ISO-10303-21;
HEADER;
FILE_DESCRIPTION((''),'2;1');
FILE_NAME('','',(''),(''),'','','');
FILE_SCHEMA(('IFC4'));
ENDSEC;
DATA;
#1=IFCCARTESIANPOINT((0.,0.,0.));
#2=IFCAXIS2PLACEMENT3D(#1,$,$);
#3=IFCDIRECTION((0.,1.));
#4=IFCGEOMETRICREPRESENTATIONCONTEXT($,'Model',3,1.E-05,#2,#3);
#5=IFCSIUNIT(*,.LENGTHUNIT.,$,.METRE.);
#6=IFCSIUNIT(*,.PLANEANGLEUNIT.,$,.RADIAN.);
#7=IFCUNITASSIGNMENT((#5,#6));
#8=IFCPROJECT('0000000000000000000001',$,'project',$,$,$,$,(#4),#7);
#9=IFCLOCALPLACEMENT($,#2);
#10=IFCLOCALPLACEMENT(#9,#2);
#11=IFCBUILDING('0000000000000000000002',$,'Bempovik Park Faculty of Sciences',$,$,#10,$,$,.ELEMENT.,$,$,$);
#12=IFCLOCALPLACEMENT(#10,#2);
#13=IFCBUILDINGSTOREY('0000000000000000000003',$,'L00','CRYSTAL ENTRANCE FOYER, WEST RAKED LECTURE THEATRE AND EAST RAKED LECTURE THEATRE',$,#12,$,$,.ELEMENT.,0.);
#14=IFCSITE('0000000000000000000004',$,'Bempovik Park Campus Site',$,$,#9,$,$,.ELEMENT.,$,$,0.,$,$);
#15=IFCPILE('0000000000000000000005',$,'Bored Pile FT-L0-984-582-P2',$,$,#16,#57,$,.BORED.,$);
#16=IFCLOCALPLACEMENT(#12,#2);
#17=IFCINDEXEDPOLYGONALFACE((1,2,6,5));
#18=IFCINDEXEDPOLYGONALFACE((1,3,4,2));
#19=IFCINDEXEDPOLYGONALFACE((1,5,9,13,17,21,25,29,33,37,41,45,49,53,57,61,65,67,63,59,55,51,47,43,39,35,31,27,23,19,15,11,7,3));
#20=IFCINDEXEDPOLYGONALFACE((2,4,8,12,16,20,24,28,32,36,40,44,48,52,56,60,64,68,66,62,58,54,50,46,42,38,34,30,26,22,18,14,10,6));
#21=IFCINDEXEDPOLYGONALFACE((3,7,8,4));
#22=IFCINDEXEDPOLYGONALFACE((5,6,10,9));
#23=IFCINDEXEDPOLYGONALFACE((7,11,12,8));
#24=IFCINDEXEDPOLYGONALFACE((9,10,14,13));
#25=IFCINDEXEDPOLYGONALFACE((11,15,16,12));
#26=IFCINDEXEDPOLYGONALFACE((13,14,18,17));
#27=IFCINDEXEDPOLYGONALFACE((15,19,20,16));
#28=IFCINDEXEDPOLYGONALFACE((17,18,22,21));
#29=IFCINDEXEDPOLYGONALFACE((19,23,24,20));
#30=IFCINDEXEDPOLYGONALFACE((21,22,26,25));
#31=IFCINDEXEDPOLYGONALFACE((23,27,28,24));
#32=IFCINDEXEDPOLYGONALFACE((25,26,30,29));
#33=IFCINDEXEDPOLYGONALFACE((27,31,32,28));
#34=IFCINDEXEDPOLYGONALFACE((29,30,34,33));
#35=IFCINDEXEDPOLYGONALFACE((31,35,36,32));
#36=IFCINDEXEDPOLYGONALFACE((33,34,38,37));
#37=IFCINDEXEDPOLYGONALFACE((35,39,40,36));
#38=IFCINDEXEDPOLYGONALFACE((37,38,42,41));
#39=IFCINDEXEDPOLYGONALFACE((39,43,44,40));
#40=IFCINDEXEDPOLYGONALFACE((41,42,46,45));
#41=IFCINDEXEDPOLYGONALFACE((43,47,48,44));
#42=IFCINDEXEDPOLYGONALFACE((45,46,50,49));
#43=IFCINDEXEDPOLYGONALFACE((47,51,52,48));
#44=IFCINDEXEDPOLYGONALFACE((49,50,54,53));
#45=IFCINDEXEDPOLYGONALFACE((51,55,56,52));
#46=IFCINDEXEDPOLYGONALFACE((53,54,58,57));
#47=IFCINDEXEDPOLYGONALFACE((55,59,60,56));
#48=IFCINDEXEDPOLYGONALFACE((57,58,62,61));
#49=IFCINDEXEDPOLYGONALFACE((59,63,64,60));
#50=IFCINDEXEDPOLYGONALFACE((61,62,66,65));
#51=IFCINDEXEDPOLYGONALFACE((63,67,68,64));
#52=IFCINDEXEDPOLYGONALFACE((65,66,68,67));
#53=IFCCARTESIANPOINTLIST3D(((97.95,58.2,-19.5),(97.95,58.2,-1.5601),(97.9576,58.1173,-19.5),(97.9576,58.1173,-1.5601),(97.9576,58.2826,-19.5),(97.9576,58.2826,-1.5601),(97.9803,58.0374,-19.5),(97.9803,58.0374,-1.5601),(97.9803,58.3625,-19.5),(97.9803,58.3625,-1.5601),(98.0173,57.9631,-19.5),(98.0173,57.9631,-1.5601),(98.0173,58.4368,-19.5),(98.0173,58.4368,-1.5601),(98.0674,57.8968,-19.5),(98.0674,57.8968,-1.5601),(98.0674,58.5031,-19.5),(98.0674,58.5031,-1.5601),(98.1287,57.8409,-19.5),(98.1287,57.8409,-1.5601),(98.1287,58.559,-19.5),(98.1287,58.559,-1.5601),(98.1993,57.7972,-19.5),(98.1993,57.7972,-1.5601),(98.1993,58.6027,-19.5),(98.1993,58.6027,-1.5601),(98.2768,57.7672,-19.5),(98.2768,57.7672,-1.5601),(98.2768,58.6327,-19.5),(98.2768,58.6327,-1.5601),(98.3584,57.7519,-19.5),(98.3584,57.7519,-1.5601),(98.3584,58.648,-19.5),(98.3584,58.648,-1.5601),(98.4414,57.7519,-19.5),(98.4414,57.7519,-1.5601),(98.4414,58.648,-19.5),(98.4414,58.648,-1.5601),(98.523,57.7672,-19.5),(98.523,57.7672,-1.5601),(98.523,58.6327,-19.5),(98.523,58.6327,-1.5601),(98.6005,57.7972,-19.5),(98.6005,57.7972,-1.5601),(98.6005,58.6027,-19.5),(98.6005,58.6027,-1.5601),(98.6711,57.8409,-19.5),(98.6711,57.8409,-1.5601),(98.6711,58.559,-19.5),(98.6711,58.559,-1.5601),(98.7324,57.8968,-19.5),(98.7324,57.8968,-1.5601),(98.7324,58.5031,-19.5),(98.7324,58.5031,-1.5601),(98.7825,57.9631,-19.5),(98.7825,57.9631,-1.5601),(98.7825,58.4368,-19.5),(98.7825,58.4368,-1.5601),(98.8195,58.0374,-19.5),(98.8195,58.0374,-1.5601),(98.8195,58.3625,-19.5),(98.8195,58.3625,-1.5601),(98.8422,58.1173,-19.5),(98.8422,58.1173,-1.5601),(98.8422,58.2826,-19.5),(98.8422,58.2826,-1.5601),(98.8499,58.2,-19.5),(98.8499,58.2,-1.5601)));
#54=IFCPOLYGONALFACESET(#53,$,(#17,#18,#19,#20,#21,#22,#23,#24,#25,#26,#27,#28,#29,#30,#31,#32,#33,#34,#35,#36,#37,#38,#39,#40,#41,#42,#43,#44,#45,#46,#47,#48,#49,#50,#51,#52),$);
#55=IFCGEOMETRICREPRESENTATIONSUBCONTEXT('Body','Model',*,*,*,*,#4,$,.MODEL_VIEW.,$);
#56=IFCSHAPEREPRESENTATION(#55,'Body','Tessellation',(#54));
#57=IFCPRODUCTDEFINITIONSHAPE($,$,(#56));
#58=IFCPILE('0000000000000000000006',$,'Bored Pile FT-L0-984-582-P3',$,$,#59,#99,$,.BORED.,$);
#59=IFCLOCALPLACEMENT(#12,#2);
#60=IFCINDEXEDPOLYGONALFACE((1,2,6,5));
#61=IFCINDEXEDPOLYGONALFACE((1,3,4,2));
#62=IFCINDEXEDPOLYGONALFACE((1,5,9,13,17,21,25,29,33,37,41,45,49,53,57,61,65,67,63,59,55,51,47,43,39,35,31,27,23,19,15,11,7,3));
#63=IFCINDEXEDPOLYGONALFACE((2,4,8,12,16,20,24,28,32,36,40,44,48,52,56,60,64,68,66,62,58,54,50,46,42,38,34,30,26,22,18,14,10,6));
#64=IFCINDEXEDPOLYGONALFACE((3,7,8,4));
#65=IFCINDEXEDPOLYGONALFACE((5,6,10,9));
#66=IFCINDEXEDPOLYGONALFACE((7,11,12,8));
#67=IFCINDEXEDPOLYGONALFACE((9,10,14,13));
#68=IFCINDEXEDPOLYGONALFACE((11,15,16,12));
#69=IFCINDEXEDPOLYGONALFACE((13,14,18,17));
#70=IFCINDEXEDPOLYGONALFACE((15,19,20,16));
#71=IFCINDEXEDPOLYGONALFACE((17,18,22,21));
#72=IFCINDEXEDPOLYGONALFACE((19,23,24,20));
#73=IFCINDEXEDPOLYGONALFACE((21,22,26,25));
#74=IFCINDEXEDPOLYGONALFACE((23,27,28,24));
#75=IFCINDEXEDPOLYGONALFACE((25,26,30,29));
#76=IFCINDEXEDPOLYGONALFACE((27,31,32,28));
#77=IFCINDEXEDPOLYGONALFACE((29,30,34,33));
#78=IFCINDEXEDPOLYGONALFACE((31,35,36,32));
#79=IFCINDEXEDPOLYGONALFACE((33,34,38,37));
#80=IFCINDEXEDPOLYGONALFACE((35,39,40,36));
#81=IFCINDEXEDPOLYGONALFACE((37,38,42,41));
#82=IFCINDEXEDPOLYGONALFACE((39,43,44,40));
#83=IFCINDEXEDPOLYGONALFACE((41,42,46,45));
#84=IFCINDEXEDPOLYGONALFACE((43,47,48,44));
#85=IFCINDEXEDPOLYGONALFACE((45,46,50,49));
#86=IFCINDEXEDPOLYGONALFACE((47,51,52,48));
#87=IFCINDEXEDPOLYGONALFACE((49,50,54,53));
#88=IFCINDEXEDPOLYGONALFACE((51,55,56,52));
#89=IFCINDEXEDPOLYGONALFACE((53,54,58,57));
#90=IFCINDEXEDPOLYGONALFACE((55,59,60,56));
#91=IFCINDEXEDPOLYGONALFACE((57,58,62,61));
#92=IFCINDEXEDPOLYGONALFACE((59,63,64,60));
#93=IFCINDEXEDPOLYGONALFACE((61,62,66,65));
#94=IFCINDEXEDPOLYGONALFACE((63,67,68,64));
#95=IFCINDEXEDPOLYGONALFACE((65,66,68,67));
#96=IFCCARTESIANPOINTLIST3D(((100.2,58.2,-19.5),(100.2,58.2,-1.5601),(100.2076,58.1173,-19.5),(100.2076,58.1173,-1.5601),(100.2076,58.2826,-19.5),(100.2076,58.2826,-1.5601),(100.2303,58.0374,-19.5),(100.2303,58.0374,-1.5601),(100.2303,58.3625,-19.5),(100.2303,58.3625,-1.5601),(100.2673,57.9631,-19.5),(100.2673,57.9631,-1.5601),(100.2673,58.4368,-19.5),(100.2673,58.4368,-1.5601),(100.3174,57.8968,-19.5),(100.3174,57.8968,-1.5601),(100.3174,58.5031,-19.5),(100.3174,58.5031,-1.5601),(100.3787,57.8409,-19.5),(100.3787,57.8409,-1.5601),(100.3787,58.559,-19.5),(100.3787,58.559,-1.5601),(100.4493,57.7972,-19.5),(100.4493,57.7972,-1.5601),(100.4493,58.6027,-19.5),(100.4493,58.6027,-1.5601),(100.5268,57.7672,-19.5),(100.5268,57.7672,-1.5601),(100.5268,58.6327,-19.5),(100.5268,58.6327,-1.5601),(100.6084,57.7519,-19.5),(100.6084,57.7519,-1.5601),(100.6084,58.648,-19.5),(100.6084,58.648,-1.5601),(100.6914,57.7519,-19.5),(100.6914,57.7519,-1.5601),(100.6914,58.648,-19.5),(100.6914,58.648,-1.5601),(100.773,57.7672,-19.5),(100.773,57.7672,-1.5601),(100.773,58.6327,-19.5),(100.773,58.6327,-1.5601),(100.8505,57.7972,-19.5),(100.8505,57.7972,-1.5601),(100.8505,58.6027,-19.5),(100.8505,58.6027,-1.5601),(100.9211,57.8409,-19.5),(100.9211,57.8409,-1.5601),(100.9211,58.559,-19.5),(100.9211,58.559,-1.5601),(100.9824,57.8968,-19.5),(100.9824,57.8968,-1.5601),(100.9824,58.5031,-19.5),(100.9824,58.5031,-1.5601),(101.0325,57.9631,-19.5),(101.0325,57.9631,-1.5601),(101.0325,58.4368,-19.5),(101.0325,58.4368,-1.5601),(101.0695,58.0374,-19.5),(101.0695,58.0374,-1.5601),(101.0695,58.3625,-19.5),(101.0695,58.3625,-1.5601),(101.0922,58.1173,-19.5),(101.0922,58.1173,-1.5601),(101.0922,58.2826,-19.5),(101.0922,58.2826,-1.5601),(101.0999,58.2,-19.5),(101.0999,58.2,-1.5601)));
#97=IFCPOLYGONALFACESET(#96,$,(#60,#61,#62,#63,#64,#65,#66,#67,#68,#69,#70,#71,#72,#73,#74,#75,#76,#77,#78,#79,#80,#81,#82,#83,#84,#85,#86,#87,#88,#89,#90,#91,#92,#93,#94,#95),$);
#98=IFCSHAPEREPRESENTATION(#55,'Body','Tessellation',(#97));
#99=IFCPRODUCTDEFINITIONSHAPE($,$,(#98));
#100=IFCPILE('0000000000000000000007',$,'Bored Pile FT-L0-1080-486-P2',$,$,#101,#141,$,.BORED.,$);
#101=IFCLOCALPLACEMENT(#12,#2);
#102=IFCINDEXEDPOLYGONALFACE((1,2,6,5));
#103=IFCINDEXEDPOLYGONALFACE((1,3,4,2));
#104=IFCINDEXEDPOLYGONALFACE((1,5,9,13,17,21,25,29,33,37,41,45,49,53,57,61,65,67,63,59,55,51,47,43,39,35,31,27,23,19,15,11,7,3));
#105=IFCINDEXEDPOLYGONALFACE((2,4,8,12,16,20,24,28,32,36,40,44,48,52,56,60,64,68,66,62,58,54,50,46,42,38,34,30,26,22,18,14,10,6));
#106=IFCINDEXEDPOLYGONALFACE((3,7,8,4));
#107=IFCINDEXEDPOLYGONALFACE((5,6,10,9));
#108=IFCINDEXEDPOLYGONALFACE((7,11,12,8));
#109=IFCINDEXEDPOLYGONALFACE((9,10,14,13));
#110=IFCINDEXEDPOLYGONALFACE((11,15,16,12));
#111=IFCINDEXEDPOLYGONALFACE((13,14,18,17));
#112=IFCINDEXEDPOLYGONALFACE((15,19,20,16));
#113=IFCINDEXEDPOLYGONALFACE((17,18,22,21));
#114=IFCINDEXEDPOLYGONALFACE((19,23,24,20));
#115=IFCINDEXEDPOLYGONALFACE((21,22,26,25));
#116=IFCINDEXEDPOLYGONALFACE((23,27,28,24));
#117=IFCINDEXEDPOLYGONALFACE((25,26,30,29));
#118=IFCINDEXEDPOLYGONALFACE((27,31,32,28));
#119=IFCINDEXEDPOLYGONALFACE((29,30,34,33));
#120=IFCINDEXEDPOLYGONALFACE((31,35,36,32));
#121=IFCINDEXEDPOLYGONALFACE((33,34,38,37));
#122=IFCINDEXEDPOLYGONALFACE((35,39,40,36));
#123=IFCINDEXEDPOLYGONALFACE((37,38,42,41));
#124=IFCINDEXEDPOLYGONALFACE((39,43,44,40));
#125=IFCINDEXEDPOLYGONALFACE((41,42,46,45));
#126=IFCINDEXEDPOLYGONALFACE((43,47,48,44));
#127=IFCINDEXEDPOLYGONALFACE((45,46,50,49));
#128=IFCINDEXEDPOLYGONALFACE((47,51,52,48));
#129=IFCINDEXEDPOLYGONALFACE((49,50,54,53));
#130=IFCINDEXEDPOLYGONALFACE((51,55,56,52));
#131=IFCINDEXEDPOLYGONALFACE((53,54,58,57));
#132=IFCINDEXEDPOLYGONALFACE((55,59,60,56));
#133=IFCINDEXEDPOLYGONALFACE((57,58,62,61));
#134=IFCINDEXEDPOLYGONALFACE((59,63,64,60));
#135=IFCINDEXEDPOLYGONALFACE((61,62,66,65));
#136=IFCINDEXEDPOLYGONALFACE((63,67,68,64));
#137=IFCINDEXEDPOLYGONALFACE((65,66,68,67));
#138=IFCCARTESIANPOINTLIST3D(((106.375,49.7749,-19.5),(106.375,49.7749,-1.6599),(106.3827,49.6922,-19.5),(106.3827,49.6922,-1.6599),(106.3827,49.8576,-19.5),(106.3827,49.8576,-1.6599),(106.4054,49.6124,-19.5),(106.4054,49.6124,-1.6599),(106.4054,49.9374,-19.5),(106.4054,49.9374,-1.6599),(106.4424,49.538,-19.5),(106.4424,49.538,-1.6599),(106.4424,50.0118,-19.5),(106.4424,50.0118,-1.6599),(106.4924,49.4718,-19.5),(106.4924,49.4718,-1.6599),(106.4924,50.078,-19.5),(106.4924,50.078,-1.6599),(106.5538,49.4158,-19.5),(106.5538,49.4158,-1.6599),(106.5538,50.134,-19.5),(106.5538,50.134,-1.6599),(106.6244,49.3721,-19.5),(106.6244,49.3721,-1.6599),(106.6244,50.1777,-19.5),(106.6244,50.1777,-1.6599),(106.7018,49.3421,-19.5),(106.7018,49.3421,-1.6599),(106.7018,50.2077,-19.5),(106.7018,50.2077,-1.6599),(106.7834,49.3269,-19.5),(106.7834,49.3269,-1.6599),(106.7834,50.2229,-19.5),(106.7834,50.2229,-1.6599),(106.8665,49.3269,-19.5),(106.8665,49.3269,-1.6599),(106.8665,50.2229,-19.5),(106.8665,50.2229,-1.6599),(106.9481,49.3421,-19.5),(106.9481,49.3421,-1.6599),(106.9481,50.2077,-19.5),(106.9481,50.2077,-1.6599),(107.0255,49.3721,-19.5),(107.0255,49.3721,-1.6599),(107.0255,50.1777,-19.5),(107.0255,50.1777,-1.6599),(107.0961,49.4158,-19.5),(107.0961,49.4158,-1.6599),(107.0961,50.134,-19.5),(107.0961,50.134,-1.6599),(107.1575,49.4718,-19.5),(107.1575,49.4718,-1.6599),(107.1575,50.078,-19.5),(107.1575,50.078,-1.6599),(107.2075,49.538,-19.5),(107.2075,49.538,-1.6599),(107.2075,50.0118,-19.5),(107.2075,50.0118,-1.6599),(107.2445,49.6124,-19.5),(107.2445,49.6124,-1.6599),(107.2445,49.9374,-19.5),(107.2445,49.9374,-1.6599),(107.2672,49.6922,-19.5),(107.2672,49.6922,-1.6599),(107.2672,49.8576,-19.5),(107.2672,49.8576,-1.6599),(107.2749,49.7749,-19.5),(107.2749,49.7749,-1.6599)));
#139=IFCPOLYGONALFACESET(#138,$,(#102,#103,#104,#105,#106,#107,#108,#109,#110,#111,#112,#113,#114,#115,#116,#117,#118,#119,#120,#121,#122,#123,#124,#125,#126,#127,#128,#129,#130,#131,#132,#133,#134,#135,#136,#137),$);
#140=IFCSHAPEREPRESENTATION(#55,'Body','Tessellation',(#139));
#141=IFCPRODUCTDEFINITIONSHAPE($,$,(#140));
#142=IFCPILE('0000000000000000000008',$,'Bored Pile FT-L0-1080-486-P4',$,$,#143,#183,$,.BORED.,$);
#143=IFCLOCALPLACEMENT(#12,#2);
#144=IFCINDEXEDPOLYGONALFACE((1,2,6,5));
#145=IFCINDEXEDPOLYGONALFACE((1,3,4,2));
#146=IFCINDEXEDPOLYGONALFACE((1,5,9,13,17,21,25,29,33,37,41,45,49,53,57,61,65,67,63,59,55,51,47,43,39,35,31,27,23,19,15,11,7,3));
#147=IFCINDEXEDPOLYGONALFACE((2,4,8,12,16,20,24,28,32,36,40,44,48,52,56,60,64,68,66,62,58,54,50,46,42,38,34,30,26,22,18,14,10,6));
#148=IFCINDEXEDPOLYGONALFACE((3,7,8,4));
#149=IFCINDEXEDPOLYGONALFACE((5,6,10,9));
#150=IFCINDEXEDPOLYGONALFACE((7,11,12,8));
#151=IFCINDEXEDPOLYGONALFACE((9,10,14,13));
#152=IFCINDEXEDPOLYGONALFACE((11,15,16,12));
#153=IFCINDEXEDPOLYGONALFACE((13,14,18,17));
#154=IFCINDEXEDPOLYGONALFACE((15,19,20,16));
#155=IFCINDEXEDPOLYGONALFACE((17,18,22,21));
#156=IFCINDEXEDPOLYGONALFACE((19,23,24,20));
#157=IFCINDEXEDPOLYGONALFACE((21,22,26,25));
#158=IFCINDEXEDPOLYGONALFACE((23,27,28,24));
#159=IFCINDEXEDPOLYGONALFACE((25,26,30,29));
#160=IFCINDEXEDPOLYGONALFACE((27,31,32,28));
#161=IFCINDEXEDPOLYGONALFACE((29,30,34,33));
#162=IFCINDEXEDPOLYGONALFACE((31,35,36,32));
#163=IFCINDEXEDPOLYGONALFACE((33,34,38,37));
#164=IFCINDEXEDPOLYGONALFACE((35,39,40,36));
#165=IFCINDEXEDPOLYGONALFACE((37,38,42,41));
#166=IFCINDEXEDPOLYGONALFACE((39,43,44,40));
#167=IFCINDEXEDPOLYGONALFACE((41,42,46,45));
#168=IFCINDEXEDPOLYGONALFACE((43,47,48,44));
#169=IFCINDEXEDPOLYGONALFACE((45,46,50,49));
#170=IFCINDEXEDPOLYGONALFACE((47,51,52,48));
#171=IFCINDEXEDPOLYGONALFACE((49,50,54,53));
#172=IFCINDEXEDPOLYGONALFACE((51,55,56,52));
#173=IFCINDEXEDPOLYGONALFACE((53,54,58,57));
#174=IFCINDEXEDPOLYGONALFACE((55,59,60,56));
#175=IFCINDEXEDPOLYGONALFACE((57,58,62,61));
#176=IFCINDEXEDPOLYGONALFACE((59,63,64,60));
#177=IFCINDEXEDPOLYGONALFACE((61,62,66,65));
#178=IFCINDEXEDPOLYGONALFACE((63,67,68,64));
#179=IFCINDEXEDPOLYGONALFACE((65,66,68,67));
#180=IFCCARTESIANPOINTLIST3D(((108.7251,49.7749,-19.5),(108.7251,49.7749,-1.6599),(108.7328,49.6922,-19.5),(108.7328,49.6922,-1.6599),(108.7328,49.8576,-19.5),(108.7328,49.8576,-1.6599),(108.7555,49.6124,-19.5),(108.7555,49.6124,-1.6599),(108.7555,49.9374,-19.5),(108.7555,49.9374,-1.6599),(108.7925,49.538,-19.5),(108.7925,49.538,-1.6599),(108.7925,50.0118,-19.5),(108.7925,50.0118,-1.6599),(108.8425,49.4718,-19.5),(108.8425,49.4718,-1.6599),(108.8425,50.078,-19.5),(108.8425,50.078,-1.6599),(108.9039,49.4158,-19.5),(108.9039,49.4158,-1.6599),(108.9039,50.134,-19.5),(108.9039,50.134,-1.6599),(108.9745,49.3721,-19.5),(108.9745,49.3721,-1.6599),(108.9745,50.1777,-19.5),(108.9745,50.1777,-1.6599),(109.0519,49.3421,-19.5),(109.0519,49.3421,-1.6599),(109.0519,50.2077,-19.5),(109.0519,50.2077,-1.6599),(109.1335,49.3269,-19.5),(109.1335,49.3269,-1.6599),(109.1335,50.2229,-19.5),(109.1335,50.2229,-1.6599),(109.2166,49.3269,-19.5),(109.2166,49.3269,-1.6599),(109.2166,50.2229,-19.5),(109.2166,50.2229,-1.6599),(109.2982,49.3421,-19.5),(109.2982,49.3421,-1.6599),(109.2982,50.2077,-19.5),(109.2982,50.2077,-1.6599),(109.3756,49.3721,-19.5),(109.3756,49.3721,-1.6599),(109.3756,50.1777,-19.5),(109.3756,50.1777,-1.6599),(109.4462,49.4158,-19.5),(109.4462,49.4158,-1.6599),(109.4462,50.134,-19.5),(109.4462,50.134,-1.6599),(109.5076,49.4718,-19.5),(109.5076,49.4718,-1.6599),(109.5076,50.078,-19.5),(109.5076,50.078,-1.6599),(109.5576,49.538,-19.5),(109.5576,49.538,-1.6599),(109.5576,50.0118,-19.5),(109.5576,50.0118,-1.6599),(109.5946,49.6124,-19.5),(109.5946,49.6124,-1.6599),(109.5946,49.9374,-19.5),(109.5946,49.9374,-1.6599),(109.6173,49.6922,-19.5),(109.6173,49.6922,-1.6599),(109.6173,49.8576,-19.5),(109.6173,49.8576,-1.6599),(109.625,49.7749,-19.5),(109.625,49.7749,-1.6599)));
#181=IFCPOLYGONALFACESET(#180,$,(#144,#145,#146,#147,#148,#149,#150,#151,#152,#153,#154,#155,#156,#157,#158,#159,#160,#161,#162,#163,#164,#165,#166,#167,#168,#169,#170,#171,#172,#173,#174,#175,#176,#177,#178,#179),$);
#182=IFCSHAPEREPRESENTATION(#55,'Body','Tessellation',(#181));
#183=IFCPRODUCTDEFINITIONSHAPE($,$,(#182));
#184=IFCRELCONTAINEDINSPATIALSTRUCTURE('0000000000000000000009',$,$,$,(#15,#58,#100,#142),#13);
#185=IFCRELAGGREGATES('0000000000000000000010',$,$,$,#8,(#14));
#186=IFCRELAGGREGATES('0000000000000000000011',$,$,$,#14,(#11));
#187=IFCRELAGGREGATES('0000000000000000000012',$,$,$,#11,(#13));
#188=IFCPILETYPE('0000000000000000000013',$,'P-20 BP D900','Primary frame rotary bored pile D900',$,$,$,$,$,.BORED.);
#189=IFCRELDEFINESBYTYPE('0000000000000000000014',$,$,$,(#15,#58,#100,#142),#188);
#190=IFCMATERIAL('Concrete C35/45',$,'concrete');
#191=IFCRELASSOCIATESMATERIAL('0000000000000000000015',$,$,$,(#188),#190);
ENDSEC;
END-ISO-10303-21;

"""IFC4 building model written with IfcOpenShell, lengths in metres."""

from ifc_helpers import new_model, si_unit, direction, frame, origin, origin_2d, place, context, subcontext, project, spatial, circle, extrude, material, material_profile, profile_set, type_object, element, save


model = new_model("IFC4")

# Units and contexts
model_context = context("Model", 3, precision=1e-05, world=origin(), true_north=direction((0.0, 1.0)))
body_context = subcontext(model_context, "Body", "Model", "MODEL_VIEW")
ifc_project = project(units=[si_unit("LENGTHUNIT", "METRE"), si_unit("PLANEANGLEUNIT", "RADIAN")], contexts=[model_context])

# Site, building, storey
site_placement = place(None, origin())
site = spatial("IfcSite", under=ifc_project, at=site_placement, Name="Bempovik Park Campus Site", CompositionType="ELEMENT", RefElevation=0.0)
building_placement = place(site_placement, origin())
building = spatial("IfcBuilding", under=site, at=building_placement, Name="Bempovik Park Faculty of Sciences", CompositionType="ELEMENT")
storey_placement = place(building_placement, origin())
storey = spatial("IfcBuildingStorey", under=building, at=storey_placement, Name="L00", Description="CRYSTAL ENTRANCE FOYER, WEST RAKED LECTURE THEATRE AND EAST RAKED LECTURE THEATRE", CompositionType="ELEMENT", Elevation=0.0)

# Shared definitions
ifc_material_1 = material(Name="Concrete C35/45", Category="concrete")

# Piles
ifc_material_profile_1 = material_profile(ifc_material_1, circle(Radius=0.45, at=origin_2d()), Name="BP D900")
ifc_profile_set_1 = profile_set([ifc_material_profile_1], Name="Concrete C35/45")
pile_type_1 = type_object("IfcPileType", Name="P-20 BP D900", Description="Primary frame rotary bored pile D900", PredefinedType="BORED", material=ifc_profile_set_1)
for number, where, z_axis, x_axis, name in (
    (1, (98.3999, 58.2, -1.5601), (0.0, 0.0, -1.0), (1.0, 0.0, 0.0), "Bored Pile FT-L0-984-582-P2"),
    (2, (100.6499, 58.2, -1.5601), (0.0, 0.0, -1.0), (1.0, 0.0, 0.0), "Bored Pile FT-L0-984-582-P3"),
):
    element("IfcPile", number, at=place(storey_placement, frame(where, z_axis=z_axis, x_axis=x_axis)), inside=storey, type_object=pile_type_1, Name=name, PredefinedType="BORED", context=body_context, shape_type="SweptSolid", body=[
        extrude(circle(Radius=0.45, at=origin_2d()), origin(), (0.0, 0.0, 1.0), 17.9399),
    ])
for number, where, z_axis, x_axis, name in (
    (3, (106.825, 49.7749, -1.6599), (0.0, 0.0, -1.0), (1.0, 0.0, 0.0), "Bored Pile FT-L0-1080-486-P2"),
    (4, (109.175, 49.7749, -1.6599), (0.0, 0.0, -1.0), (1.0, 0.0, 0.0), "Bored Pile FT-L0-1080-486-P4"),
):
    element("IfcPile", number, at=place(storey_placement, frame(where, z_axis=z_axis, x_axis=x_axis)), inside=storey, type_object=pile_type_1, Name=name, PredefinedType="BORED", context=body_context, shape_type="SweptSolid", body=[
        extrude(circle(Radius=0.45, at=origin_2d()), origin(), (0.0, 0.0, 1.0), 17.8401),
    ])

save(model, "model.ifc")
